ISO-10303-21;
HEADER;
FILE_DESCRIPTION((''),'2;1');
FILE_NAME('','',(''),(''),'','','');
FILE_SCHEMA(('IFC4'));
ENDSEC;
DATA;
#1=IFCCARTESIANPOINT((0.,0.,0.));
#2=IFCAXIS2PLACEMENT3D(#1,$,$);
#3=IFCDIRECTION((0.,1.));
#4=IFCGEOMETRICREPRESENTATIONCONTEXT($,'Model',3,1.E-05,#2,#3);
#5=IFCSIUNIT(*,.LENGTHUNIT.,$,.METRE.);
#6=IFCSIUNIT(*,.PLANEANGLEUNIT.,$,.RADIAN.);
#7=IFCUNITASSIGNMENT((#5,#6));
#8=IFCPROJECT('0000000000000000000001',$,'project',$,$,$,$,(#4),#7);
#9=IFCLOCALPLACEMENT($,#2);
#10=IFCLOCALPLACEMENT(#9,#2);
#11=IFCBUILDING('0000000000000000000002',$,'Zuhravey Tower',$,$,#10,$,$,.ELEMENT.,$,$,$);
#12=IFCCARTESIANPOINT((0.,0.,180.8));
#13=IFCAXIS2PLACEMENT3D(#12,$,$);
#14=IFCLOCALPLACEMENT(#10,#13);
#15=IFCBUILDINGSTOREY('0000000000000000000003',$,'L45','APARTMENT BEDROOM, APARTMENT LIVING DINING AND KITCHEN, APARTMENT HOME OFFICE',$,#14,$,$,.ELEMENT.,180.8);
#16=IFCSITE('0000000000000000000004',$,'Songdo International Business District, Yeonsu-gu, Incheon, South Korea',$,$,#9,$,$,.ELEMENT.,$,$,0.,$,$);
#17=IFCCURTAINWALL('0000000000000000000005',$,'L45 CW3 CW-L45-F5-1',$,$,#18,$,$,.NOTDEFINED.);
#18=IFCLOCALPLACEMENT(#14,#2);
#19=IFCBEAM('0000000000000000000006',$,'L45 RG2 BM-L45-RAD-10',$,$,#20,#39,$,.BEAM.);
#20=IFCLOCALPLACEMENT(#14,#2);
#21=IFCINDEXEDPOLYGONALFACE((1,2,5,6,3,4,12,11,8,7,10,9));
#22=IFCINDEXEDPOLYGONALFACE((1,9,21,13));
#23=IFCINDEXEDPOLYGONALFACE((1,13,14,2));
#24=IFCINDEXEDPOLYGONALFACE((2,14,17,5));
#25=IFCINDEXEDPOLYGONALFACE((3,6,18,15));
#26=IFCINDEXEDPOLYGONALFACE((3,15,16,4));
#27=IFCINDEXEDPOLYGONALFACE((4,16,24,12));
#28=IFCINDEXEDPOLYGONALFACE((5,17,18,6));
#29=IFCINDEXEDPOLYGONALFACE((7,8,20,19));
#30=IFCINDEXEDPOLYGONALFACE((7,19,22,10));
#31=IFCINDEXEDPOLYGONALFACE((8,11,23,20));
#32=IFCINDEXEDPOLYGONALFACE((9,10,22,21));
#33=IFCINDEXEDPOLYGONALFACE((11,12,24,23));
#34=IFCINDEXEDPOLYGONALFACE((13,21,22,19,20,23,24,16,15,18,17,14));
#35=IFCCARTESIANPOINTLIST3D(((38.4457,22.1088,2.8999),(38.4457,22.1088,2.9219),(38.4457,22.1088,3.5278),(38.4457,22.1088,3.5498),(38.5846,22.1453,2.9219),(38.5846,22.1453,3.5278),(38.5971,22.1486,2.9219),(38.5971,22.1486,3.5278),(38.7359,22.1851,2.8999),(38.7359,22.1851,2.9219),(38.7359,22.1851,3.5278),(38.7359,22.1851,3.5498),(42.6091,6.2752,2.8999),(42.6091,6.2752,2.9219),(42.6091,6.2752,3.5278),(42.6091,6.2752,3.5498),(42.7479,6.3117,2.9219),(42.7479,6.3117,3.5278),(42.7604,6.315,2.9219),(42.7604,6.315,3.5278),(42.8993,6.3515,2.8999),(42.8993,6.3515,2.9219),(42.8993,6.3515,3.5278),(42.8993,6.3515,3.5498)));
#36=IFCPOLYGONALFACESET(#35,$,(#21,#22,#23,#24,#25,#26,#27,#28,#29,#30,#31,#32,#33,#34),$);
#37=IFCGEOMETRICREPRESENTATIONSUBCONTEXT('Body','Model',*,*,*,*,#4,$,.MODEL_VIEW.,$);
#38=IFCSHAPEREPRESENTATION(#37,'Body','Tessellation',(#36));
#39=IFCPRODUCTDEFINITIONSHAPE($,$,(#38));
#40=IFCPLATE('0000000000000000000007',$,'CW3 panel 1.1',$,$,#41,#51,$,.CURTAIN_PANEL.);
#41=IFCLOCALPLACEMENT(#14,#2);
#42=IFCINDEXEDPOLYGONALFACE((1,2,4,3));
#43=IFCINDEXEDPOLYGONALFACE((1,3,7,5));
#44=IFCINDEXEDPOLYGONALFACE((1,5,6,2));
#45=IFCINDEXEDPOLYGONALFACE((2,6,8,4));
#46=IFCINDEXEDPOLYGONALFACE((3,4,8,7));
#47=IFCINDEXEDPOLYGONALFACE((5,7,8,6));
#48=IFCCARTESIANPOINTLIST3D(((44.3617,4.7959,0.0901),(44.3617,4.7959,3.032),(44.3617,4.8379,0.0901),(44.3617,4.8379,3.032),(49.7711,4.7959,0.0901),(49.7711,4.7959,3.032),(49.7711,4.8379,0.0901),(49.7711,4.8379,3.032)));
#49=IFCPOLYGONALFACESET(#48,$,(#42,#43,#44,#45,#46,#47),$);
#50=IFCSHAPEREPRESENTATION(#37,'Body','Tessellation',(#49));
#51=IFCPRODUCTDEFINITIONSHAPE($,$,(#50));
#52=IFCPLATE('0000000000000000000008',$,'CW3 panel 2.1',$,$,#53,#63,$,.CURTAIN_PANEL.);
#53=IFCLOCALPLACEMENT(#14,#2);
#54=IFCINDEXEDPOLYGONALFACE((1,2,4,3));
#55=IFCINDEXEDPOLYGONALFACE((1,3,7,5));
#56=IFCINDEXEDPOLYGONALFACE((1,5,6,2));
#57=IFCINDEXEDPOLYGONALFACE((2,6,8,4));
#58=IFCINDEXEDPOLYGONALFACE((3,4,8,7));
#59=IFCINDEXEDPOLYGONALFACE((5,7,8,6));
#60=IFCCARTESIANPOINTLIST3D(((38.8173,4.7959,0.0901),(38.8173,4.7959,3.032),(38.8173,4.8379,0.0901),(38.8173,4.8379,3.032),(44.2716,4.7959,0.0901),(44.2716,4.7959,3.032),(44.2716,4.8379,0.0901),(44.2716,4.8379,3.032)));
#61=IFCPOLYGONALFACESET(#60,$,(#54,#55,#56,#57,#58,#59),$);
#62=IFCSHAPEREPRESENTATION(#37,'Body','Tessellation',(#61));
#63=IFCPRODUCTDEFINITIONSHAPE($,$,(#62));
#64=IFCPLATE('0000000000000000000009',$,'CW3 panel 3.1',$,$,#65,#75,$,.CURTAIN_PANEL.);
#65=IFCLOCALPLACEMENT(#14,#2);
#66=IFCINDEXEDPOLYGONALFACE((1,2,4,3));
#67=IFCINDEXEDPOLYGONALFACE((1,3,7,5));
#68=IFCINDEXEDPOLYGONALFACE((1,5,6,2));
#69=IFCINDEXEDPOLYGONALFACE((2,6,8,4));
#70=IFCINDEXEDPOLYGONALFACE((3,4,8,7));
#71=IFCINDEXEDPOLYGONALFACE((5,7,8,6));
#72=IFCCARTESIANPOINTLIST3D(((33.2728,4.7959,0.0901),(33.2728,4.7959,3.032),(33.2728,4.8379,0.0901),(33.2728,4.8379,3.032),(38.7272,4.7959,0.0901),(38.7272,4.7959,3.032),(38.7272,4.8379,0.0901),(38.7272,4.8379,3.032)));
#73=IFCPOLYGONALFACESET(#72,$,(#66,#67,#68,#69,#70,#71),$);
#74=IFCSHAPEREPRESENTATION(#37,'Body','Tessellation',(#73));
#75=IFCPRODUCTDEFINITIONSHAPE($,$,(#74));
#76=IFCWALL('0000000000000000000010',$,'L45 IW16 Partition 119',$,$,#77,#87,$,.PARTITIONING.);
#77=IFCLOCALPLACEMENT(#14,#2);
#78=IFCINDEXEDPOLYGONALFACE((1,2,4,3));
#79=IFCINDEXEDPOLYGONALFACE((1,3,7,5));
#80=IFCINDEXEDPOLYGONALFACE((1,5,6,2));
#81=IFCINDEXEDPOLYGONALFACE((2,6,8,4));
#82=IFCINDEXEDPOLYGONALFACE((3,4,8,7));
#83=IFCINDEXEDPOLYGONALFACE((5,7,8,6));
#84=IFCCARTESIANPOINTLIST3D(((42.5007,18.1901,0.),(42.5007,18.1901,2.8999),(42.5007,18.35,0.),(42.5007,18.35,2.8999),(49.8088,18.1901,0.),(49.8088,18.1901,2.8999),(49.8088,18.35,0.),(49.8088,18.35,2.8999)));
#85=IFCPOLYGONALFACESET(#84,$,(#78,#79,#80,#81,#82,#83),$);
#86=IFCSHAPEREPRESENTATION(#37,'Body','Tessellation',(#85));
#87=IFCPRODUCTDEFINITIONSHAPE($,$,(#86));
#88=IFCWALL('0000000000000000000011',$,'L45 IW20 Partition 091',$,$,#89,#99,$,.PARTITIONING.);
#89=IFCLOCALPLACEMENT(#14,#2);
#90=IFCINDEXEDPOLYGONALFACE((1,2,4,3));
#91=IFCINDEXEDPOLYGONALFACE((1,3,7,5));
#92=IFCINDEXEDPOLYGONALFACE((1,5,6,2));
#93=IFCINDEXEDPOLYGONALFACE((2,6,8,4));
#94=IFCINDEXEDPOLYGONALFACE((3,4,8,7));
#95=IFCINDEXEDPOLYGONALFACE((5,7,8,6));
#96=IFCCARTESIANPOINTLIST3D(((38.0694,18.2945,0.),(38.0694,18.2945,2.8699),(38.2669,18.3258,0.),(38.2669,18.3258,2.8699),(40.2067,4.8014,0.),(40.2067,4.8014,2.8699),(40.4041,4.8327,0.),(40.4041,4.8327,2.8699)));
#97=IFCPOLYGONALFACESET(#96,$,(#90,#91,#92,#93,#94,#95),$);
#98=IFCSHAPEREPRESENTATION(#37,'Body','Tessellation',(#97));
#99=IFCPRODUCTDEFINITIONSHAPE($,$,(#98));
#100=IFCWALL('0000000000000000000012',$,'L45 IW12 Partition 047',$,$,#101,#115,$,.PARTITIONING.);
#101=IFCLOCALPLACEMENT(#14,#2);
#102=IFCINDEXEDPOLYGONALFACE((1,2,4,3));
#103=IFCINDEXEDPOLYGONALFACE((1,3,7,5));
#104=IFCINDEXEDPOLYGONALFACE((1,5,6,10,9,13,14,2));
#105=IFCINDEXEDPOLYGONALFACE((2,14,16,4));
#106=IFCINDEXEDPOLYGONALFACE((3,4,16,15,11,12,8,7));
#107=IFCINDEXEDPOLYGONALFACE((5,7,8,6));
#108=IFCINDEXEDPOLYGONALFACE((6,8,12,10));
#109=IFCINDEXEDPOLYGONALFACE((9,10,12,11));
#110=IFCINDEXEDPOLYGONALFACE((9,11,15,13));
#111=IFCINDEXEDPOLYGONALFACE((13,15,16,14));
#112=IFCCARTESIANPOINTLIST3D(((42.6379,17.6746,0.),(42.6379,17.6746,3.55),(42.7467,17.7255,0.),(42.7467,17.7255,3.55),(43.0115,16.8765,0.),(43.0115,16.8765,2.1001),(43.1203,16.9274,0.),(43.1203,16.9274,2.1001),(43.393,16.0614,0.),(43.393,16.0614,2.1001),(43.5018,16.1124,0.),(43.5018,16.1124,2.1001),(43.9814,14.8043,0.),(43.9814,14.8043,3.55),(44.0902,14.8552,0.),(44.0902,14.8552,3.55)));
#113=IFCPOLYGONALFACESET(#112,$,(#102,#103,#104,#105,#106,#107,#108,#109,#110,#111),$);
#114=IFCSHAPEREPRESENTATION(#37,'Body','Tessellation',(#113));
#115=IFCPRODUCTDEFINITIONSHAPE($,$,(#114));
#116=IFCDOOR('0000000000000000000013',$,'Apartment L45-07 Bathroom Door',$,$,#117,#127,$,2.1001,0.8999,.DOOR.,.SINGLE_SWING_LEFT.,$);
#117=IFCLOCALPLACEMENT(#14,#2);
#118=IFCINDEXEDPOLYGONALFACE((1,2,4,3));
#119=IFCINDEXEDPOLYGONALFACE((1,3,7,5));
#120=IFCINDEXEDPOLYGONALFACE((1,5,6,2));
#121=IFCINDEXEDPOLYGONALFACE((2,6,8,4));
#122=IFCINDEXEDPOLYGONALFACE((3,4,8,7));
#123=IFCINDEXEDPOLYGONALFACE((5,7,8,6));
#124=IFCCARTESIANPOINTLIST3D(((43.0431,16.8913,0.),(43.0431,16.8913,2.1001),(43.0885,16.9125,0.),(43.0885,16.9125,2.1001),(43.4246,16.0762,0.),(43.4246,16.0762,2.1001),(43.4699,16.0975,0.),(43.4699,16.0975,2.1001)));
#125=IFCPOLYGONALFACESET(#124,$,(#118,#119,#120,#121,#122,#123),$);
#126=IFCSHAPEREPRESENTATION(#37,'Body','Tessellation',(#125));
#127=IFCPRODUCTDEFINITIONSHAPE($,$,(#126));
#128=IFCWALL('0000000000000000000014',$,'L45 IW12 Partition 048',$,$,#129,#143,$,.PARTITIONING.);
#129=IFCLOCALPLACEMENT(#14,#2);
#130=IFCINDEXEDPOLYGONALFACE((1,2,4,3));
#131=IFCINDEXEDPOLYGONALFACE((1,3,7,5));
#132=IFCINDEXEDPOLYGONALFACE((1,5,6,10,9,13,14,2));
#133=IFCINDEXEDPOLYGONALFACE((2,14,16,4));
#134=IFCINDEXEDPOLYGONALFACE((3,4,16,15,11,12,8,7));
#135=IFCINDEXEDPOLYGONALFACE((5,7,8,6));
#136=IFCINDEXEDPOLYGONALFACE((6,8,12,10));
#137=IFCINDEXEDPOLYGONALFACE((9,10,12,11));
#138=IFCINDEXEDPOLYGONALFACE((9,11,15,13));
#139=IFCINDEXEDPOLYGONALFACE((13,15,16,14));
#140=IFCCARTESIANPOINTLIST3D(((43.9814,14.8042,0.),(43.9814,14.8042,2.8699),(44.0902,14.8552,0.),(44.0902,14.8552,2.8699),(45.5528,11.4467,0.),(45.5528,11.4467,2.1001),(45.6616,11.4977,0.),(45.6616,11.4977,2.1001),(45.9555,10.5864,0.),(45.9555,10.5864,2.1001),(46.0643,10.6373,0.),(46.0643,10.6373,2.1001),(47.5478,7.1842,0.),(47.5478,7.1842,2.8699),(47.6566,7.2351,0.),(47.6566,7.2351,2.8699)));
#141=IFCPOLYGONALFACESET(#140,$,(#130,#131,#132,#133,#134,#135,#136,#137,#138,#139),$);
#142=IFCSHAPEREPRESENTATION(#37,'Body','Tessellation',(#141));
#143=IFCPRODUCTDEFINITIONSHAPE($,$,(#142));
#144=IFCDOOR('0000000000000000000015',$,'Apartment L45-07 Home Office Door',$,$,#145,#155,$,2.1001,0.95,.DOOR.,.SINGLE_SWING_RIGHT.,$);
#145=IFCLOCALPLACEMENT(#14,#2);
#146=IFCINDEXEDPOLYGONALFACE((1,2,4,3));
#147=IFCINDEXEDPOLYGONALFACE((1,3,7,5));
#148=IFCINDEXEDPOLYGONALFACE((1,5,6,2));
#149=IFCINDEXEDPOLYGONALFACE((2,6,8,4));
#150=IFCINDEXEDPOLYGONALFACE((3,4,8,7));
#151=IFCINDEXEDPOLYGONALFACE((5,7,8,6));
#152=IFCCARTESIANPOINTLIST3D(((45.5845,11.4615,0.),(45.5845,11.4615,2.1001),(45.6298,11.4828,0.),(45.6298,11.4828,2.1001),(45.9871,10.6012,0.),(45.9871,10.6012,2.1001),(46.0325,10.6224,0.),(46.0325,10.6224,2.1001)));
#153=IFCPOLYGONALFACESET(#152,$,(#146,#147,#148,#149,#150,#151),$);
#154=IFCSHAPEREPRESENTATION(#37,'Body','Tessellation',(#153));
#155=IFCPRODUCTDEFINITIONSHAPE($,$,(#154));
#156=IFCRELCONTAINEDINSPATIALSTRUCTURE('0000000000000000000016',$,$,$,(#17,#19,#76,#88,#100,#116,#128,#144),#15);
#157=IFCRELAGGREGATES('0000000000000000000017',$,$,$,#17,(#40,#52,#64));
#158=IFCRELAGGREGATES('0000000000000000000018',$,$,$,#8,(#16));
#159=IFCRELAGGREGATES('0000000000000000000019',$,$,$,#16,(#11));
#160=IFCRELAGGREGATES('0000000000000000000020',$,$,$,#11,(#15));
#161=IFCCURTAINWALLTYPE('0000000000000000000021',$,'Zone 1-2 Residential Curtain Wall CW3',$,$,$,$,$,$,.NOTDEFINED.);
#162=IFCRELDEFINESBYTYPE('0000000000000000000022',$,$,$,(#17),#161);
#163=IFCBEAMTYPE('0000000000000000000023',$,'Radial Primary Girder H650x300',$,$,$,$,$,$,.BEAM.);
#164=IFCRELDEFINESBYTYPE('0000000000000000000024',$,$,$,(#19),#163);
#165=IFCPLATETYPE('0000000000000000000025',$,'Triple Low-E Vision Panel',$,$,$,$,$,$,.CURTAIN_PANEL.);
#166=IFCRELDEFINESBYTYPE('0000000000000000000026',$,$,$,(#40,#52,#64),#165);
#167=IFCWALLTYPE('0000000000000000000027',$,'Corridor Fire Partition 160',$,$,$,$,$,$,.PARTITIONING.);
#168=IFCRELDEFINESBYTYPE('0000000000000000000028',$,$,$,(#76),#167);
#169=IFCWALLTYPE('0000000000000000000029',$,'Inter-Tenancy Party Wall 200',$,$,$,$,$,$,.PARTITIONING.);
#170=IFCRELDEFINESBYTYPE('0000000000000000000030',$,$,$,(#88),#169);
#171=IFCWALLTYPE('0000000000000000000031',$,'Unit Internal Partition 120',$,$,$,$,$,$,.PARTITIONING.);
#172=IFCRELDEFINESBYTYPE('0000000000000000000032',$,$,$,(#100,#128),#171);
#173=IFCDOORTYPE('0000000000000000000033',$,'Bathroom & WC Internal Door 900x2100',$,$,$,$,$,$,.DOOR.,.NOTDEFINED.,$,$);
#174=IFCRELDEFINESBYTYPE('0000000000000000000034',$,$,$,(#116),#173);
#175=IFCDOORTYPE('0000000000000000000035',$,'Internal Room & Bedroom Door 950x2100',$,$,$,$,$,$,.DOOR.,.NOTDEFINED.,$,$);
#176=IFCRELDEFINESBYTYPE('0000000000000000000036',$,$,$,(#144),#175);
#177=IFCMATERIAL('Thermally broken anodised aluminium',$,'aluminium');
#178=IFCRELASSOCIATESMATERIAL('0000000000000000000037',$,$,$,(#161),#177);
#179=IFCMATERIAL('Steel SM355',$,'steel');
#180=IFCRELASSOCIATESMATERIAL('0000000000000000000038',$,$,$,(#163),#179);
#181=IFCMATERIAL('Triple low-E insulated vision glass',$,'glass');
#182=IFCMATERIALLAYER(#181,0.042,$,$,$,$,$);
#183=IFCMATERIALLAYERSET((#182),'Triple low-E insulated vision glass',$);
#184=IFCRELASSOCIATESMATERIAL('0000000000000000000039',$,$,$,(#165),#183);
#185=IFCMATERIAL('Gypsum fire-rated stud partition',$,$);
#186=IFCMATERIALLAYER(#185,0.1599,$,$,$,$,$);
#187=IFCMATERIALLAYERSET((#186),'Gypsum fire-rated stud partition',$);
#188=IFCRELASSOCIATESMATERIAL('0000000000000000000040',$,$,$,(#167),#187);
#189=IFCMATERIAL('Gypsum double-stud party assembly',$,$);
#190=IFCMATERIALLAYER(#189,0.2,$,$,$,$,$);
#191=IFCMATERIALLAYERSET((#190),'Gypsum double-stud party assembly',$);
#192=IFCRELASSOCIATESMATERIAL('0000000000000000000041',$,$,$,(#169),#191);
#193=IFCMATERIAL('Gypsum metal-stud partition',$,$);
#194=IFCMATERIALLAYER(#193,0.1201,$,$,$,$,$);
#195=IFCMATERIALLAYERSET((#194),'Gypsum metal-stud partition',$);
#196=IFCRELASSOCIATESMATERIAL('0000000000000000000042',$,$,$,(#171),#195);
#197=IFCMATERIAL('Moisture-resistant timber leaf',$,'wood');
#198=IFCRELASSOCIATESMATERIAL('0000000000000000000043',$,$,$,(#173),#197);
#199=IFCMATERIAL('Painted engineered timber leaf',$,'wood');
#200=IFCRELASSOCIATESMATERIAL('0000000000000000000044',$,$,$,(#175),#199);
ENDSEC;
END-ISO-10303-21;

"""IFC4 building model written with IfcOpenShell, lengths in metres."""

from ifc_helpers import new_model, si_unit, direction, frame, frame_2d, origin, origin_2d, place, context, subcontext, project, spatial, rectangle, i_section, extrude, material, layer, layer_set, material_profile, profile_set, type_object, element, fill, aggregate, save


model = new_model("IFC4")

# Units and contexts
model_context = context("Model", 3, precision=1e-05, world=origin(), true_north=direction((0.0, 1.0)))
body_context = subcontext(model_context, "Body", "Model", "MODEL_VIEW")
ifc_project = project(units=[si_unit("LENGTHUNIT", "METRE"), si_unit("PLANEANGLEUNIT", "RADIAN")], contexts=[model_context])

# Site, building, storey
site_placement = place(None, origin())
site = spatial("IfcSite", under=ifc_project, at=site_placement, Name="Songdo International Business District, Yeonsu-gu, Incheon, South Korea", CompositionType="ELEMENT", RefElevation=0.0)
building_placement = place(site_placement, origin())
building = spatial("IfcBuilding", under=site, at=building_placement, Name="Zuhravey Tower", CompositionType="ELEMENT")
storey_placement = place(building_placement, frame((0.0, 0.0, 180.8)))
storey = spatial("IfcBuildingStorey", under=building, at=storey_placement, Name="L45", Description="APARTMENT BEDROOM, APARTMENT LIVING DINING AND KITCHEN, APARTMENT HOME OFFICE", CompositionType="ELEMENT", Elevation=180.8)

# Curtain wall
ifc_material_1 = material(Name="Thermally broken anodised aluminium", Category="aluminium")
curtain_wall_type = type_object("IfcCurtainWallType", Name="Zone 1-2 Residential Curtain Wall CW3", PredefinedType="NOTDEFINED", material=ifc_material_1)
curtain_wall_placement = place(storey_placement, origin())
curtain_wall = element("IfcCurtainWall", 1, at=curtain_wall_placement, inside=storey, type_object=curtain_wall_type, Name="L45 CW3 CW-L45-F5-1", PredefinedType="NOTDEFINED")

# Beam
ifc_material_2 = material(Name="Steel SM355", Category="steel")
ifc_material_profile_1 = material_profile(ifc_material_2, i_section(OverallWidth=0.3, OverallDepth=0.6499, WebThickness=0.0129, FlangeThickness=0.022, at=origin_2d()), Name="H-650x300x13x22")
ifc_profile_set_1 = profile_set([ifc_material_profile_1], Name="Steel SM355")
beam_type_1 = type_object("IfcBeamType", Name="Radial Primary Girder H650x300", PredefinedType="BEAM", material=ifc_profile_set_1)
beam_1_placement = place(storey_placement, frame((38.5908, 22.147, 3.2249), z_axis=(0.2543, -0.967125, 0.0), x_axis=(0.967125, 0.2543, 0.0)))
element("IfcBeam", 2, at=beam_1_placement, inside=storey, type_object=beam_type_1, Name="L45 RG2 BM-L45-RAD-10", PredefinedType="BEAM", context=body_context, shape_type="SweptSolid", body=[
    extrude(i_section(OverallWidth=0.3, OverallDepth=0.6499, WebThickness=0.0129, FlangeThickness=0.022, at=origin_2d()), origin(), (0.0, 0.0, 1.0), 16.3718),
])

# Plates
ifc_material_3 = material(Name="Triple low-E insulated vision glass", Category="glass")
ifc_layer_1 = layer(ifc_material_3, 0.042)
ifc_layer_set_1 = layer_set([ifc_layer_1], Name="Triple low-E insulated vision glass")
plate_type = type_object("IfcPlateType", Name="Triple Low-E Vision Panel", PredefinedType="CURTAIN_PANEL", material=ifc_layer_set_1)
plate_1_placement = place(storey_placement, frame((47.0664, 4.8169, 0.0901), z_axis=(0.0, 0.0, 1.0), x_axis=(-1.0, 0.0, 0.0)))
plate_1 = element("IfcPlate", 3, at=plate_1_placement, type_object=plate_type, Name="CW3 panel 1.1", PredefinedType="CURTAIN_PANEL", context=body_context, shape_type="SweptSolid", body=[
    extrude(rectangle(XDim=5.4094, YDim=0.042, at=origin_2d()), origin(), (0.0, 0.0, 1.0), 2.9419),
])
plate_2_placement = place(storey_placement, frame((41.5444, 4.8169, 0.0901), z_axis=(0.0, 0.0, 1.0), x_axis=(-1.0, 0.0, 0.0)))
plate_2 = element("IfcPlate", 4, at=plate_2_placement, type_object=plate_type, Name="CW3 panel 2.1", PredefinedType="CURTAIN_PANEL", context=body_context, shape_type="SweptSolid", body=[
    extrude(rectangle(XDim=5.4543, YDim=0.042, at=origin_2d()), origin(), (0.0, 0.0, 1.0), 2.9419),
])
plate_3_placement = place(storey_placement, frame((36.0, 4.8169, 0.0901), z_axis=(0.0, 0.0, 1.0), x_axis=(-1.0, 0.0, 0.0)))
plate_3 = element("IfcPlate", 5, at=plate_3_placement, type_object=plate_type, Name="CW3 panel 3.1", PredefinedType="CURTAIN_PANEL", context=body_context, shape_type="SweptSolid", body=[
    extrude(rectangle(XDim=5.4543, YDim=0.042, at=origin_2d()), origin(), (0.0, 0.0, 1.0), 2.9419),
])
aggregate(curtain_wall, [plate_1, plate_2, plate_3])

# Shared definitions
ifc_material_4 = material(Name="Gypsum fire-rated stud partition")
ifc_layer_2 = layer(ifc_material_4, 0.1599)
ifc_layer_set_2 = layer_set([ifc_layer_2], Name="Gypsum fire-rated stud partition")
wall_type_1 = type_object("IfcWallType", Name="Corridor Fire Partition 160", PredefinedType="PARTITIONING", material=ifc_layer_set_2)

# Walls
wall_1_placement = place(storey_placement, frame((42.5007, 18.27, 0.0), z_axis=(0.0, 0.0, 1.0), x_axis=(1.0, 0.0, 0.0)))
element("IfcWall", 6, at=wall_1_placement, inside=storey, type_object=wall_type_1, Name="L45 IW16 Partition 119", PredefinedType="PARTITIONING", context=body_context, shape_type="SweptSolid", body=[
    extrude(rectangle(XDim=7.3081, YDim=0.1599, at=frame_2d((3.6541, 0.0))), origin(), (0.0, 0.0, 1.0), 2.8999),
])
ifc_material_5 = material(Name="Gypsum double-stud party assembly")
ifc_layer_3 = layer(ifc_material_5, 0.2)
ifc_layer_set_3 = layer_set([ifc_layer_3], Name="Gypsum double-stud party assembly")
wall_type_2 = type_object("IfcWallType", Name="Inter-Tenancy Party Wall 200", PredefinedType="PARTITIONING", material=ifc_layer_set_3)
wall_2_placement = place(storey_placement, frame((38.1682, 18.3101, 0.0), z_axis=(0.0, 0.0, 1.0), x_axis=(0.156442, -0.987687, 0.0)))
element("IfcWall", 7, at=wall_2_placement, inside=storey, type_object=wall_type_2, Name="L45 IW20 Partition 091", PredefinedType="PARTITIONING", context=body_context, shape_type="SweptSolid", body=[
    extrude(rectangle(XDim=13.6614, YDim=0.2, at=frame_2d((6.8306, 0.0))), origin(), (0.0, 0.0, 1.0), 2.8699),
])

# Walls, openings, doors
ifc_material_6 = material(Name="Gypsum metal-stud partition")
ifc_layer_4 = layer(ifc_material_6, 0.1201)
ifc_layer_set_4 = layer_set([ifc_layer_4], Name="Gypsum metal-stud partition")
wall_type_3 = type_object("IfcWallType", Name="Unit Internal Partition 120", PredefinedType="PARTITIONING", material=ifc_layer_set_4)
wall_3_placement = place(storey_placement, frame((42.6924, 17.7, 0.0), z_axis=(0.0, 0.0, 1.0), x_axis=(0.423923, -0.905698, 0.0)))
wall_3 = element("IfcWall", 8, at=wall_3_placement, inside=storey, type_object=wall_type_3, Name="L45 IW12 Partition 047", PredefinedType="PARTITIONING", context=body_context, shape_type="SweptSolid", body=[
    extrude(rectangle(XDim=3.1692, YDim=0.1201, at=frame_2d((1.5845, 0.0))), origin(), (0.0, 0.0, 1.0), 3.55),
])
opening_1_placement = place(wall_3_placement, frame((0.8811, 0.0, 0.0)))
opening_1 = element("IfcOpeningElement", 9, at=opening_1_placement, cuts=wall_3, PredefinedType="OPENING", context=body_context, shape_type="SweptSolid", body=[
    extrude(rectangle(XDim=0.8999, YDim=2.1001, at=frame_2d((0.45, 1.05))), frame((0.0, 0.072, 0.0), z_axis=(0.0, -1.0, 0.0), x_axis=(1.0, 0.0, 0.0)), (0.0, 0.0, 1.0), 0.144),
])
ifc_material_7 = material(Name="Moisture-resistant timber leaf", Category="wood")
door_type_1 = type_object("IfcDoorType", Name="Bathroom & WC Internal Door 900x2100", OperationType="NOTDEFINED", PredefinedType="DOOR", material=ifc_material_7)
door_1_placement = place(opening_1_placement, origin())
door_1 = element("IfcDoor", 10, at=door_1_placement, inside=storey, type_object=door_type_1, Name="Apartment L45-07 Bathroom Door", OperationType="SINGLE_SWING_LEFT", OverallHeight=2.1001, OverallWidth=0.8999, PredefinedType="DOOR", context=body_context, shape_type="SweptSolid", body=[
    extrude(rectangle(XDim=0.8999, YDim=2.1001, at=frame_2d((0.45, 1.05))), frame((0.0, 0.0249, 0.0), z_axis=(0.0, -1.0, 0.0), x_axis=(1.0, 0.0, 0.0)), (0.0, 0.0, 1.0), 0.05),
])
fill(opening_1, door_1)
wall_4_placement = place(storey_placement, frame((44.0359, 14.8296, 0.0), z_axis=(0.0, 0.0, 1.0), x_axis=(0.423896, -0.905711, 0.0)))
wall_4 = element("IfcWall", 11, at=wall_4_placement, inside=storey, type_object=wall_type_3, Name="L45 IW12 Partition 048", PredefinedType="PARTITIONING", context=body_context, shape_type="SweptSolid", body=[
    extrude(rectangle(XDim=8.4133, YDim=0.1201, at=frame_2d((4.2065, 0.0))), origin(), (0.0, 0.0, 1.0), 2.8699),
])
opening_2_placement = place(wall_4_placement, frame((3.7068, 0.0, 0.0)))
opening_2 = element("IfcOpeningElement", 12, at=opening_2_placement, cuts=wall_4, PredefinedType="OPENING", context=body_context, shape_type="SweptSolid", body=[
    extrude(rectangle(XDim=0.95, YDim=2.1001, at=frame_2d((0.4751, 1.05))), frame((0.0, 0.072, 0.0), z_axis=(0.0, -1.0, 0.0), x_axis=(1.0, 0.0, 0.0)), (0.0, 0.0, 1.0), 0.144),
])
ifc_material_8 = material(Name="Painted engineered timber leaf", Category="wood")
door_type_2 = type_object("IfcDoorType", Name="Internal Room & Bedroom Door 950x2100", OperationType="NOTDEFINED", PredefinedType="DOOR", material=ifc_material_8)
door_2_placement = place(opening_2_placement, origin())
door_2 = element("IfcDoor", 13, at=door_2_placement, inside=storey, type_object=door_type_2, Name="Apartment L45-07 Home Office Door", OperationType="SINGLE_SWING_RIGHT", OverallHeight=2.1001, OverallWidth=0.95, PredefinedType="DOOR", context=body_context, shape_type="SweptSolid", body=[
    extrude(rectangle(XDim=0.95, YDim=2.1001, at=frame_2d((0.4751, 1.05))), frame((0.0, 0.0249, 0.0), z_axis=(0.0, -1.0, 0.0), x_axis=(1.0, 0.0, 0.0)), (0.0, 0.0, 1.0), 0.05),
])
fill(opening_2, door_2)

save(model, "model.ifc")
